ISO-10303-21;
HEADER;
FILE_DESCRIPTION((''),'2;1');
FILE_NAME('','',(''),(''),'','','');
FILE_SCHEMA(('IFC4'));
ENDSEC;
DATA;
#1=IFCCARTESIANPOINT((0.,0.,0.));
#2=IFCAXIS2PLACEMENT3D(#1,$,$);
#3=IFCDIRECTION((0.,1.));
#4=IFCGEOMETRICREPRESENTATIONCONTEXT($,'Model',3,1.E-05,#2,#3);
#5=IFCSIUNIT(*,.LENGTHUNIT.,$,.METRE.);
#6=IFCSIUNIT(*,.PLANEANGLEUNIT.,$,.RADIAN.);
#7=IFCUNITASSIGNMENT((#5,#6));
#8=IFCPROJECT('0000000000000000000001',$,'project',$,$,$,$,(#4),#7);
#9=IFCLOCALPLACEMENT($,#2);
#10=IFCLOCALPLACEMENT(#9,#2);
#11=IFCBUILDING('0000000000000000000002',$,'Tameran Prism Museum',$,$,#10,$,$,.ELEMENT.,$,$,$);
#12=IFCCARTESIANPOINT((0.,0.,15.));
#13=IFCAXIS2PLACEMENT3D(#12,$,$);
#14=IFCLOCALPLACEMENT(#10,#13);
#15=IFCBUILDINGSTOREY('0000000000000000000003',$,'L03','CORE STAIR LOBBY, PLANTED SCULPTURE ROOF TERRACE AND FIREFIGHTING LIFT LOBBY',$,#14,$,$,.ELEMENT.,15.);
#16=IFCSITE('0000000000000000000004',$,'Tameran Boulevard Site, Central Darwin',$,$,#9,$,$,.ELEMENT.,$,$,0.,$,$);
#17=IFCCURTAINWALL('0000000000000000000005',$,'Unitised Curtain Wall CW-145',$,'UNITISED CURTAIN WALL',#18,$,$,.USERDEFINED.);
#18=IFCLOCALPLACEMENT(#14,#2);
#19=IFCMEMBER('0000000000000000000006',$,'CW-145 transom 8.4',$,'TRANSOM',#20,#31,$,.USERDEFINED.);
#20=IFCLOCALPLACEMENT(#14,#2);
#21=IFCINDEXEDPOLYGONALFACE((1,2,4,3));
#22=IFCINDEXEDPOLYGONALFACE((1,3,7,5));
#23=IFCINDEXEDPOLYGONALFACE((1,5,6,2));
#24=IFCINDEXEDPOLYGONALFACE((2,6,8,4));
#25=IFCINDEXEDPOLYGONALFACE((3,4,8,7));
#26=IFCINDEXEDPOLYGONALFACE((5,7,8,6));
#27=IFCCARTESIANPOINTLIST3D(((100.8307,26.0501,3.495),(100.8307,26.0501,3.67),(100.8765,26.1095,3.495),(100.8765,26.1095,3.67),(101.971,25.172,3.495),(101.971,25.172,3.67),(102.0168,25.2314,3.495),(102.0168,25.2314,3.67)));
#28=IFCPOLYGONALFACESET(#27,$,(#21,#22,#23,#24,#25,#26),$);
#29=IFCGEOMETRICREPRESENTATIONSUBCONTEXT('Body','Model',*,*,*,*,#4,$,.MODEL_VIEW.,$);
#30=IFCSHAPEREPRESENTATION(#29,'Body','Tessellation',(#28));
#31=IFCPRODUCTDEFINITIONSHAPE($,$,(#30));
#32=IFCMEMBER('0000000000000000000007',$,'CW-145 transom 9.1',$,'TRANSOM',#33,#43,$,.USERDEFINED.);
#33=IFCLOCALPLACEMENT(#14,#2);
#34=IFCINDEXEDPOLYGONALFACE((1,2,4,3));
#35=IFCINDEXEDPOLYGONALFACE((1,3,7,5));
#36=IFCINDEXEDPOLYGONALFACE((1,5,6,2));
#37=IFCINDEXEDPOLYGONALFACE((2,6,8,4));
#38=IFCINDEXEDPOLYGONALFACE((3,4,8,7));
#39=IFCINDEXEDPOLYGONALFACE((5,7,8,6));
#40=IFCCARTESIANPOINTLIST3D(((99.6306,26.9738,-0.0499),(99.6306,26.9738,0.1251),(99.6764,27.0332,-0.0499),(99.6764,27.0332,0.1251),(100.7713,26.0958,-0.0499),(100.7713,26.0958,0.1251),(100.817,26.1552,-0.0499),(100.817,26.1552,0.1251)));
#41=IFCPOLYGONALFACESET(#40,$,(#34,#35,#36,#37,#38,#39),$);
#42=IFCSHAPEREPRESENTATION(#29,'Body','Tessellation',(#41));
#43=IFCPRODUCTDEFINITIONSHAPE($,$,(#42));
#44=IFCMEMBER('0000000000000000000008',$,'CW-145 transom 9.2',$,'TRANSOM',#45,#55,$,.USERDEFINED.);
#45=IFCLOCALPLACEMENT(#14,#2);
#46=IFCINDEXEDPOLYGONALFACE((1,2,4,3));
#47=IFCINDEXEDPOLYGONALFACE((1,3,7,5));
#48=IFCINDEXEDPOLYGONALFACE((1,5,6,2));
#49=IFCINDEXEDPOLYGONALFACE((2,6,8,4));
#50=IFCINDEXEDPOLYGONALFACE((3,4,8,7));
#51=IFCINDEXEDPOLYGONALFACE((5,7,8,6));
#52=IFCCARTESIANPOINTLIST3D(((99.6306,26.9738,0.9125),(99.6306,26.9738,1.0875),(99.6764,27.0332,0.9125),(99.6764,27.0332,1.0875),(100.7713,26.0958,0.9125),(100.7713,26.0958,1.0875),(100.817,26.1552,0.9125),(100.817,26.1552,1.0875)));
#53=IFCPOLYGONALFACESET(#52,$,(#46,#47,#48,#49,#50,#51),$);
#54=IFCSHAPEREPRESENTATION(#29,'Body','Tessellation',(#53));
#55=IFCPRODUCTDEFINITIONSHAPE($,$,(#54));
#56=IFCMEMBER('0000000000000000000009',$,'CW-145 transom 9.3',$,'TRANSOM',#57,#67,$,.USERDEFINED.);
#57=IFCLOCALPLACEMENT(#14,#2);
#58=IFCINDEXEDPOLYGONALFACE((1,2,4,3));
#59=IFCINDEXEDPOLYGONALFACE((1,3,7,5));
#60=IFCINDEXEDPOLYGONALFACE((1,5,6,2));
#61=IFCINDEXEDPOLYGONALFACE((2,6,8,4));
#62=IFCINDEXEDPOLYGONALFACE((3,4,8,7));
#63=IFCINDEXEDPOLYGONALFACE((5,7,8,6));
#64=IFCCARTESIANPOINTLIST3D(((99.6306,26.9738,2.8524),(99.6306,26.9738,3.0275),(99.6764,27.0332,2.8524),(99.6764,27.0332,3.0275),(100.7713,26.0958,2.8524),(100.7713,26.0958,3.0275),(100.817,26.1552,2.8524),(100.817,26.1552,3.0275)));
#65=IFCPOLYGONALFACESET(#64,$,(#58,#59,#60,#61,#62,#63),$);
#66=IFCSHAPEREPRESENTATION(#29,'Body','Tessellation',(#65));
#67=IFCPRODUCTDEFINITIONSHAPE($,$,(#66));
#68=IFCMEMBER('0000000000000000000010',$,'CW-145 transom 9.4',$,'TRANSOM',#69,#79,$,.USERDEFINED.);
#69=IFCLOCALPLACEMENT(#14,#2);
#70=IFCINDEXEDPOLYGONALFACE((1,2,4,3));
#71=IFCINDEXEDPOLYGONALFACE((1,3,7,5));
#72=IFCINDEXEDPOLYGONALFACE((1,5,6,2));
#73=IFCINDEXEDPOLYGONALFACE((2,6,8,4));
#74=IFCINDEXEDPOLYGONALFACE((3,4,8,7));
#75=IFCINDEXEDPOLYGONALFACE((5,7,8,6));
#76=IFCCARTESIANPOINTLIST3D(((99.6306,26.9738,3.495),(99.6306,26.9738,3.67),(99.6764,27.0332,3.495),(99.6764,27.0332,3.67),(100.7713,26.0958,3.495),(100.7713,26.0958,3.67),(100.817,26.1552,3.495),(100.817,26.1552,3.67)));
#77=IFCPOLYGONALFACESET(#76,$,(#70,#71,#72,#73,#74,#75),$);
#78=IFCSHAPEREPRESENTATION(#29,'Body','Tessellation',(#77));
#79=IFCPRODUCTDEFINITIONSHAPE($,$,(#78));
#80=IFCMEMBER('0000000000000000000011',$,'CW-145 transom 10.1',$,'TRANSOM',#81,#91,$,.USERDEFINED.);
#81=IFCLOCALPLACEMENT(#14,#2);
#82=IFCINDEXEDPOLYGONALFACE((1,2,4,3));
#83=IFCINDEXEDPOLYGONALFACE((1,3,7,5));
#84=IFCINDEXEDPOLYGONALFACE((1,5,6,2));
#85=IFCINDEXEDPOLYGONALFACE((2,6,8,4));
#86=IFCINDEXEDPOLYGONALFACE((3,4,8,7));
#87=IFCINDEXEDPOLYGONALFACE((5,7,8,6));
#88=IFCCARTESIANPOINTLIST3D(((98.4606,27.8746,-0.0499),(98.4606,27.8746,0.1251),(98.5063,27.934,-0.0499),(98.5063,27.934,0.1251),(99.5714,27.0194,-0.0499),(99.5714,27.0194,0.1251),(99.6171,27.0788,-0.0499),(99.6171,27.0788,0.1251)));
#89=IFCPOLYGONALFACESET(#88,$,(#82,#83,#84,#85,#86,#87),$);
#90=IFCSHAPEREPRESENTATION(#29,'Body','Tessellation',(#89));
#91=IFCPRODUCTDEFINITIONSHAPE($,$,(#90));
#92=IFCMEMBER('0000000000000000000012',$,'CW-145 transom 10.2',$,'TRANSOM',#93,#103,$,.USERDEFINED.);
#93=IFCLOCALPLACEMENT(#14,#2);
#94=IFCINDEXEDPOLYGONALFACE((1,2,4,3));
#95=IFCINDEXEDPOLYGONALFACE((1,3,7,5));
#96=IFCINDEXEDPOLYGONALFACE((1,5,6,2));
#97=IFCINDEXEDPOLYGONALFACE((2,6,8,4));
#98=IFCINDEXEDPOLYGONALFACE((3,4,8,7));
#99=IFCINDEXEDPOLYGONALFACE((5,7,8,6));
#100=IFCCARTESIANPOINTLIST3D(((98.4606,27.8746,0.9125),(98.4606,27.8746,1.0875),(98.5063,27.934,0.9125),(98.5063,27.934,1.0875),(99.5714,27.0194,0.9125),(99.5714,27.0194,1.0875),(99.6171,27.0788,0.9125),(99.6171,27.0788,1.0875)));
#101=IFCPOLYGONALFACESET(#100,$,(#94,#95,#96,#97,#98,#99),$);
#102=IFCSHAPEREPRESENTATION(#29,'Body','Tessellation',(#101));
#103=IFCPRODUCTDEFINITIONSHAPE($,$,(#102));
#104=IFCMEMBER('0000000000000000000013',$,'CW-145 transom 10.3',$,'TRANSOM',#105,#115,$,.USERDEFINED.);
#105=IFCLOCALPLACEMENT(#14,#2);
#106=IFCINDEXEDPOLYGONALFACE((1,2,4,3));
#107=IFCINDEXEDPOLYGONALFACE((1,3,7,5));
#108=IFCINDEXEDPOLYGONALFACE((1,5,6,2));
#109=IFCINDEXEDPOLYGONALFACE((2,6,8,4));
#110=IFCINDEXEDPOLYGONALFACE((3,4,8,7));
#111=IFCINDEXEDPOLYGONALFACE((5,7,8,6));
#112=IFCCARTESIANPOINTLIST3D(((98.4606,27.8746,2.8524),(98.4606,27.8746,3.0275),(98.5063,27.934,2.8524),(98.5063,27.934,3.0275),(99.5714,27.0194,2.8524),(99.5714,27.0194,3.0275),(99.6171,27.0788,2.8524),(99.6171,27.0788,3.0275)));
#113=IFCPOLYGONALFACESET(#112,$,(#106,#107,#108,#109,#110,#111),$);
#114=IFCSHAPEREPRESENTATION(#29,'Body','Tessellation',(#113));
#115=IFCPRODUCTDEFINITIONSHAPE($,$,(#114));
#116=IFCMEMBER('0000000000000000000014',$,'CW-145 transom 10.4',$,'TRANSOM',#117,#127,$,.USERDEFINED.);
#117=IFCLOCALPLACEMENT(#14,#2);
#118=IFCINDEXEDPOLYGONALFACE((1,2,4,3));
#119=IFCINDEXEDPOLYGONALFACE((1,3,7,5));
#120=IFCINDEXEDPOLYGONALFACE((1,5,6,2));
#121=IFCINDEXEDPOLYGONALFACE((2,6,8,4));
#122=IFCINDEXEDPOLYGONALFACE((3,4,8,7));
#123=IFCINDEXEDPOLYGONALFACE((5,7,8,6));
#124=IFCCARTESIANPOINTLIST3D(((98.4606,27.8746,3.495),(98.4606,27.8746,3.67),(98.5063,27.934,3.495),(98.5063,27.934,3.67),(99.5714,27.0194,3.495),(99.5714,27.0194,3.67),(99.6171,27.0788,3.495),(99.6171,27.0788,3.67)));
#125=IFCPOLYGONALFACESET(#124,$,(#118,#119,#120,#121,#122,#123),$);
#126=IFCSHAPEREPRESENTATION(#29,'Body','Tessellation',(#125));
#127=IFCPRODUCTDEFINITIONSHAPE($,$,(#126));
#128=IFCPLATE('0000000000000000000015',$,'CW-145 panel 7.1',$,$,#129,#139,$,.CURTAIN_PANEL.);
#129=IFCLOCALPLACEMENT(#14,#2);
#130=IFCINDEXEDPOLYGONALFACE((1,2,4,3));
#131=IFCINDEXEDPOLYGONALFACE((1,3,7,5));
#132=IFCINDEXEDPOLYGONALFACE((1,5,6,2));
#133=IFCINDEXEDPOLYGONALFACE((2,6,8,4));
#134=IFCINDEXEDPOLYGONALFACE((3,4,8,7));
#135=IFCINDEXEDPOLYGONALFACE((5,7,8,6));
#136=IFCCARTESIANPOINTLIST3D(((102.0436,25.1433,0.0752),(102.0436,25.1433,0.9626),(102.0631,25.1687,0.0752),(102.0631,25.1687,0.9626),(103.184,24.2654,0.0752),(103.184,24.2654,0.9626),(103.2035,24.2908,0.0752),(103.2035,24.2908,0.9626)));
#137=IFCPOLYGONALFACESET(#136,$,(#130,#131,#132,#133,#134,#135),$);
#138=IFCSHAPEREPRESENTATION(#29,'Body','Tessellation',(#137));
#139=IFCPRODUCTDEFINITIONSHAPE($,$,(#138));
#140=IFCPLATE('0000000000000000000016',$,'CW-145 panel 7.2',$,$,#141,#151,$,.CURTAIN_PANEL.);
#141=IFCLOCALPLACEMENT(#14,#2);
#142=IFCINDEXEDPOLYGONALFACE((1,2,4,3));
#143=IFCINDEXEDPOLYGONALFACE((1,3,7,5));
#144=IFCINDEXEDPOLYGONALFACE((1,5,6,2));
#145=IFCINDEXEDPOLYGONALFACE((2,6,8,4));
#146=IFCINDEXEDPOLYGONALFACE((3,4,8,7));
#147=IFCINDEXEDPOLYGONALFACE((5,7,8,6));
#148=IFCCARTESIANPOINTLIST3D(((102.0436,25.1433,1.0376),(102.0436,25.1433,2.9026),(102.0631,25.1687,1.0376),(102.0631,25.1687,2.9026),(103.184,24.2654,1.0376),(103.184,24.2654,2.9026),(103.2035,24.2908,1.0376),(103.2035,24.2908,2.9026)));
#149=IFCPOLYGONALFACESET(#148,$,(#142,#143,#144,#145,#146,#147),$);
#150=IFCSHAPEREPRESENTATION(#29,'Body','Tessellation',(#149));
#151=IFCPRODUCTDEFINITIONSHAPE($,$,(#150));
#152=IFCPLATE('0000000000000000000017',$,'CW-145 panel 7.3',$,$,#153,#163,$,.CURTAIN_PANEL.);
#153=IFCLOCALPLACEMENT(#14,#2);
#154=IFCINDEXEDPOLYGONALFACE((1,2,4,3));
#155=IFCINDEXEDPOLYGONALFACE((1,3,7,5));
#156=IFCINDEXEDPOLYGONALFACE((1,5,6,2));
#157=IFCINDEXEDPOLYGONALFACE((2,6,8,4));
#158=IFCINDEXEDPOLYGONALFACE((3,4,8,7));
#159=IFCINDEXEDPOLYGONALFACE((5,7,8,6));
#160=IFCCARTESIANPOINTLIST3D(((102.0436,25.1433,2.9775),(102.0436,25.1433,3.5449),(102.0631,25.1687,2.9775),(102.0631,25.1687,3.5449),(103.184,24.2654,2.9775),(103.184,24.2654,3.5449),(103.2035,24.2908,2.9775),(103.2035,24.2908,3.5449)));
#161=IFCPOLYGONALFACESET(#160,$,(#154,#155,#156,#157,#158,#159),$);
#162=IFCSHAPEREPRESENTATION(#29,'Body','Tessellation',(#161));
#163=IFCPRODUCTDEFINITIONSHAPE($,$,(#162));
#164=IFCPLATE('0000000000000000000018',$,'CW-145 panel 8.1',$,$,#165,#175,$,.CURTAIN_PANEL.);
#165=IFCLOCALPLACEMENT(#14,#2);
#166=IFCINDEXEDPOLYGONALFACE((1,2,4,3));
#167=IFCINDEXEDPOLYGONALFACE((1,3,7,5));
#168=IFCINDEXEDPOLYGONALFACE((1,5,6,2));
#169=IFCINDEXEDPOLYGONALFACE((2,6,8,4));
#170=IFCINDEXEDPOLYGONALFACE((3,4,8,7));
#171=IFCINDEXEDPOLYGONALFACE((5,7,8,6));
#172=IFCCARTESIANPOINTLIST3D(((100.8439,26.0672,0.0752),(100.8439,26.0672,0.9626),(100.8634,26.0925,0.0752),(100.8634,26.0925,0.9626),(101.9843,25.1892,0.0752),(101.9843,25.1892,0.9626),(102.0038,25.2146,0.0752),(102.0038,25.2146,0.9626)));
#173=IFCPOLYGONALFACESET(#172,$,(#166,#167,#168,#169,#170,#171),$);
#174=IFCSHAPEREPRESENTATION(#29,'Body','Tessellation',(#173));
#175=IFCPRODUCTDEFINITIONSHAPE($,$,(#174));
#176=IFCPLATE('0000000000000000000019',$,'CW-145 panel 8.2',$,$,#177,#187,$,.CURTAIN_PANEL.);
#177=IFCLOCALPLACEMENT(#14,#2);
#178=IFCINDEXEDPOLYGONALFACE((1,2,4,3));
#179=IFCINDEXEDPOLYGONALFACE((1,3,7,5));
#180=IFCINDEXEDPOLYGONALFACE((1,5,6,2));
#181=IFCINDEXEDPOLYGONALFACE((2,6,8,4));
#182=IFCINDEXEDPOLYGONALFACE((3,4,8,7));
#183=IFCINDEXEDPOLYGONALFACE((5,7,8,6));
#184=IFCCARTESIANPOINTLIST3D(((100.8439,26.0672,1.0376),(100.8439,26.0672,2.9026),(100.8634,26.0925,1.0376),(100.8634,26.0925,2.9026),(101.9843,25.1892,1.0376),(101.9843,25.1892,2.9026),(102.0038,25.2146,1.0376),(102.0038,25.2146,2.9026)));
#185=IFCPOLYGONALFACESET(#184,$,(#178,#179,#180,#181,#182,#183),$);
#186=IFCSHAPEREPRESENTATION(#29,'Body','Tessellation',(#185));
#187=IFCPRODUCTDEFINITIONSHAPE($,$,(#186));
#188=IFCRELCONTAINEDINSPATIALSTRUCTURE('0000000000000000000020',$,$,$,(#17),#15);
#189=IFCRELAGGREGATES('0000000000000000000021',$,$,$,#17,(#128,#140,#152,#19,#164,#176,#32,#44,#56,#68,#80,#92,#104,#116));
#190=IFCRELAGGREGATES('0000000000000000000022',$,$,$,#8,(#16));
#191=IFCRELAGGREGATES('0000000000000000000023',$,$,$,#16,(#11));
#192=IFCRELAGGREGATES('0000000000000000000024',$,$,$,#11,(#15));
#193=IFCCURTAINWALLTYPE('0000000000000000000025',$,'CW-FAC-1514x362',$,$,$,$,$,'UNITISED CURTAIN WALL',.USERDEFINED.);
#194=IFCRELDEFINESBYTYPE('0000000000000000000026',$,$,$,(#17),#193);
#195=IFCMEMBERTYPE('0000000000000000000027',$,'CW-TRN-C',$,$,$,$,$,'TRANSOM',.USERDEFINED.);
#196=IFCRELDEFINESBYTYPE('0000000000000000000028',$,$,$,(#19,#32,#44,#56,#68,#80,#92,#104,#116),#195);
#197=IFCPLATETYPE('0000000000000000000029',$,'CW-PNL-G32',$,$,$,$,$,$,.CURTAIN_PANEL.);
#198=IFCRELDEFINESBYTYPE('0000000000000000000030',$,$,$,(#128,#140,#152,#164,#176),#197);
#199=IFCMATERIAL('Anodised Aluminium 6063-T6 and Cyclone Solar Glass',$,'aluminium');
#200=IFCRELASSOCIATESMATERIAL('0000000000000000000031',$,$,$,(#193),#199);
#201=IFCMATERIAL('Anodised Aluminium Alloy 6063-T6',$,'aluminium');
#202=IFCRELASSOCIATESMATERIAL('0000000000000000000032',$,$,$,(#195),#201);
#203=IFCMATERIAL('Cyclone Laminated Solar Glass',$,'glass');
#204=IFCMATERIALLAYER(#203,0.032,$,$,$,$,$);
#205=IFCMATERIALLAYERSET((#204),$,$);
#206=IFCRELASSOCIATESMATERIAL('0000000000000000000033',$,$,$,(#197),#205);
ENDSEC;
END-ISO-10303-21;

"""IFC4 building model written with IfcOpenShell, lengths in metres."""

from ifc_helpers import new_model, si_unit, direction, frame, origin, origin_2d, place, context, subcontext, project, spatial, rectangle, extrude, material, layer, layer_set, material_profile, profile_set, type_object, element, aggregate, save


model = new_model("IFC4")

# Units and contexts
model_context = context("Model", 3, precision=1e-05, world=origin(), true_north=direction((0.0, 1.0)))
body_context = subcontext(model_context, "Body", "Model", "MODEL_VIEW")
ifc_project = project(units=[si_unit("LENGTHUNIT", "METRE"), si_unit("PLANEANGLEUNIT", "RADIAN")], contexts=[model_context])

# Site, building, storey
site_placement = place(None, origin())
site = spatial("IfcSite", under=ifc_project, at=site_placement, Name="Tameran Boulevard Site, Central Darwin", CompositionType="ELEMENT", RefElevation=0.0)
building_placement = place(site_placement, origin())
building = spatial("IfcBuilding", under=site, at=building_placement, Name="Tameran Prism Museum", CompositionType="ELEMENT")
storey_placement = place(building_placement, frame((0.0, 0.0, 15.0)))
storey = spatial("IfcBuildingStorey", under=building, at=storey_placement, Name="L03", Description="CORE STAIR LOBBY, PLANTED SCULPTURE ROOF TERRACE AND FIREFIGHTING LIFT LOBBY", CompositionType="ELEMENT", Elevation=15.0)

# Curtain wall, members, plates
ifc_material_1 = material(Name="Anodised Aluminium 6063-T6 and Cyclone Solar Glass", Category="aluminium")
curtain_wall_type_1 = type_object("IfcCurtainWallType", Name="CW-FAC-1514x362", ElementType="UNITISED CURTAIN WALL", PredefinedType="USERDEFINED", material=ifc_material_1)
curtain_wall_1_placement = place(storey_placement, origin())
curtain_wall_1 = element("IfcCurtainWall", 1, at=curtain_wall_1_placement, inside=storey, type_object=curtain_wall_type_1, Name="Unitised Curtain Wall CW-145", ObjectType="UNITISED CURTAIN WALL", PredefinedType="USERDEFINED")
ifc_material_2 = material(Name="Anodised Aluminium Alloy 6063-T6", Category="aluminium")
ifc_material_profile_1 = material_profile(ifc_material_2, rectangle(XDim=0.075, YDim=0.175, at=origin_2d()))
ifc_profile_set_1 = profile_set([ifc_material_profile_1])
member_type_1 = type_object("IfcMemberType", Name="CW-TRN-C", ElementType="TRANSOM", PredefinedType="USERDEFINED", material=ifc_profile_set_1)
member_1_placement = place(storey_placement, frame((101.9939, 25.2017, 3.5825), z_axis=(-0.792302, 0.610129, 0.0), x_axis=(-0.610129, -0.792302, 0.0)))
member_1 = element("IfcMember", 2, at=member_1_placement, type_object=member_type_1, Name="CW-145 transom 8.4", ObjectType="TRANSOM", PredefinedType="USERDEFINED", context=body_context, shape_type="SweptSolid", body=[
    extrude(rectangle(XDim=0.075, YDim=0.175, at=origin_2d()), origin(), (0.0, 0.0, 1.0), 1.4392),
])
member_2_placement = place(storey_placement, frame((100.7942, 26.1255, 0.0376), z_axis=(-0.792447, 0.60994, 0.0), x_axis=(-0.60994, -0.792447, 0.0)))
member_2 = element("IfcMember", 3, at=member_2_placement, type_object=member_type_1, Name="CW-145 transom 9.1", ObjectType="TRANSOM", PredefinedType="USERDEFINED", context=body_context, shape_type="SweptSolid", body=[
    extrude(rectangle(XDim=0.075, YDim=0.175, at=origin_2d()), origin(), (0.0, 0.0, 1.0), 1.4395),
])
member_3_placement = place(storey_placement, frame((100.7942, 26.1255, 1.0), z_axis=(-0.792447, 0.60994, 0.0), x_axis=(-0.60994, -0.792447, 0.0)))
member_3 = element("IfcMember", 4, at=member_3_placement, type_object=member_type_1, Name="CW-145 transom 9.2", ObjectType="TRANSOM", PredefinedType="USERDEFINED", context=body_context, shape_type="SweptSolid", body=[
    extrude(rectangle(XDim=0.075, YDim=0.175, at=origin_2d()), origin(), (0.0, 0.0, 1.0), 1.4395),
])
member_4_placement = place(storey_placement, frame((100.7942, 26.1255, 2.9399), z_axis=(-0.792447, 0.60994, 0.0), x_axis=(-0.60994, -0.792447, 0.0)))
member_4 = element("IfcMember", 5, at=member_4_placement, type_object=member_type_1, Name="CW-145 transom 9.3", ObjectType="TRANSOM", PredefinedType="USERDEFINED", context=body_context, shape_type="SweptSolid", body=[
    extrude(rectangle(XDim=0.075, YDim=0.175, at=origin_2d()), origin(), (0.0, 0.0, 1.0), 1.4395),
])
member_5_placement = place(storey_placement, frame((100.7942, 26.1255, 3.5825), z_axis=(-0.792447, 0.60994, 0.0), x_axis=(-0.60994, -0.792447, 0.0)))
member_5 = element("IfcMember", 6, at=member_5_placement, type_object=member_type_1, Name="CW-145 transom 9.4", ObjectType="TRANSOM", PredefinedType="USERDEFINED", context=body_context, shape_type="SweptSolid", body=[
    extrude(rectangle(XDim=0.075, YDim=0.175, at=origin_2d()), origin(), (0.0, 0.0, 1.0), 1.4395),
])
member_6_placement = place(storey_placement, frame((99.5942, 27.0491, 0.0376), z_axis=(-0.792371, 0.610039, 0.0), x_axis=(-0.610039, -0.792371, 0.0)))
member_6 = element("IfcMember", 7, at=member_6_placement, type_object=member_type_1, Name="CW-145 transom 10.1", ObjectType="TRANSOM", PredefinedType="USERDEFINED", context=body_context, shape_type="SweptSolid", body=[
    extrude(rectangle(XDim=0.075, YDim=0.175, at=origin_2d()), origin(), (0.0, 0.0, 1.0), 1.4019),
])
member_7_placement = place(storey_placement, frame((99.5942, 27.0491, 1.0), z_axis=(-0.792371, 0.610039, 0.0), x_axis=(-0.610039, -0.792371, 0.0)))
member_7 = element("IfcMember", 8, at=member_7_placement, type_object=member_type_1, Name="CW-145 transom 10.2", ObjectType="TRANSOM", PredefinedType="USERDEFINED", context=body_context, shape_type="SweptSolid", body=[
    extrude(rectangle(XDim=0.075, YDim=0.175, at=origin_2d()), origin(), (0.0, 0.0, 1.0), 1.4019),
])
member_8_placement = place(storey_placement, frame((99.5942, 27.0491, 2.9399), z_axis=(-0.792371, 0.610039, 0.0), x_axis=(-0.610039, -0.792371, 0.0)))
member_8 = element("IfcMember", 9, at=member_8_placement, type_object=member_type_1, Name="CW-145 transom 10.3", ObjectType="TRANSOM", PredefinedType="USERDEFINED", context=body_context, shape_type="SweptSolid", body=[
    extrude(rectangle(XDim=0.075, YDim=0.175, at=origin_2d()), origin(), (0.0, 0.0, 1.0), 1.4019),
])
member_9_placement = place(storey_placement, frame((99.5942, 27.0491, 3.5825), z_axis=(-0.792371, 0.610039, 0.0), x_axis=(-0.610039, -0.792371, 0.0)))
member_9 = element("IfcMember", 10, at=member_9_placement, type_object=member_type_1, Name="CW-145 transom 10.4", ObjectType="TRANSOM", PredefinedType="USERDEFINED", context=body_context, shape_type="SweptSolid", body=[
    extrude(rectangle(XDim=0.075, YDim=0.175, at=origin_2d()), origin(), (0.0, 0.0, 1.0), 1.4019),
])
ifc_material_3 = material(Name="Cyclone Laminated Solar Glass", Category="glass")
ifc_layer_1 = layer(ifc_material_3, 0.032)
ifc_layer_set_1 = layer_set([ifc_layer_1])
plate_type_1 = type_object("IfcPlateType", Name="CW-PNL-G32", PredefinedType="CURTAIN_PANEL", material=ifc_layer_set_1)
plate_1_placement = place(storey_placement, frame((102.6235, 24.717, 0.0752), z_axis=(0.0, 0.0, 1.0), x_axis=(-0.792401, 0.610001, 0.0)))
plate_1 = element("IfcPlate", 11, at=plate_1_placement, type_object=plate_type_1, Name="CW-145 panel 7.1", PredefinedType="CURTAIN_PANEL", context=body_context, shape_type="SweptSolid", body=[
    extrude(rectangle(XDim=1.4392, YDim=0.032, at=origin_2d()), origin(), (0.0, 0.0, 1.0), 0.8875),
])
plate_2_placement = place(storey_placement, frame((102.6235, 24.717, 1.0376), z_axis=(0.0, 0.0, 1.0), x_axis=(-0.792401, 0.610001, 0.0)))
plate_2 = element("IfcPlate", 12, at=plate_2_placement, type_object=plate_type_1, Name="CW-145 panel 7.2", PredefinedType="CURTAIN_PANEL", context=body_context, shape_type="SweptSolid", body=[
    extrude(rectangle(XDim=1.4392, YDim=0.032, at=origin_2d()), origin(), (0.0, 0.0, 1.0), 1.865),
])
plate_3_placement = place(storey_placement, frame((102.6235, 24.717, 2.9775), z_axis=(0.0, 0.0, 1.0), x_axis=(-0.792401, 0.610001, 0.0)))
plate_3 = element("IfcPlate", 13, at=plate_3_placement, type_object=plate_type_1, Name="CW-145 panel 7.3", PredefinedType="CURTAIN_PANEL", context=body_context, shape_type="SweptSolid", body=[
    extrude(rectangle(XDim=1.4392, YDim=0.032, at=origin_2d()), origin(), (0.0, 0.0, 1.0), 0.5674),
])
plate_4_placement = place(storey_placement, frame((101.4238, 25.6409, 0.0752), z_axis=(0.0, 0.0, 1.0), x_axis=(-0.792401, 0.610001, 0.0)))
plate_4 = element("IfcPlate", 14, at=plate_4_placement, type_object=plate_type_1, Name="CW-145 panel 8.1", PredefinedType="CURTAIN_PANEL", context=body_context, shape_type="SweptSolid", body=[
    extrude(rectangle(XDim=1.4392, YDim=0.032, at=origin_2d()), origin(), (0.0, 0.0, 1.0), 0.8875),
])
plate_5_placement = place(storey_placement, frame((101.4238, 25.6409, 1.0376), z_axis=(0.0, 0.0, 1.0), x_axis=(-0.792401, 0.610001, 0.0)))
plate_5 = element("IfcPlate", 15, at=plate_5_placement, type_object=plate_type_1, Name="CW-145 panel 8.2", PredefinedType="CURTAIN_PANEL", context=body_context, shape_type="SweptSolid", body=[
    extrude(rectangle(XDim=1.4392, YDim=0.032, at=origin_2d()), origin(), (0.0, 0.0, 1.0), 1.865),
])
aggregate(curtain_wall_1, [plate_1, plate_2, plate_3, member_1, plate_4, plate_5, member_2, member_3, member_4, member_5, member_6, member_7, member_8, member_9])

save(model, "model.ifc")
